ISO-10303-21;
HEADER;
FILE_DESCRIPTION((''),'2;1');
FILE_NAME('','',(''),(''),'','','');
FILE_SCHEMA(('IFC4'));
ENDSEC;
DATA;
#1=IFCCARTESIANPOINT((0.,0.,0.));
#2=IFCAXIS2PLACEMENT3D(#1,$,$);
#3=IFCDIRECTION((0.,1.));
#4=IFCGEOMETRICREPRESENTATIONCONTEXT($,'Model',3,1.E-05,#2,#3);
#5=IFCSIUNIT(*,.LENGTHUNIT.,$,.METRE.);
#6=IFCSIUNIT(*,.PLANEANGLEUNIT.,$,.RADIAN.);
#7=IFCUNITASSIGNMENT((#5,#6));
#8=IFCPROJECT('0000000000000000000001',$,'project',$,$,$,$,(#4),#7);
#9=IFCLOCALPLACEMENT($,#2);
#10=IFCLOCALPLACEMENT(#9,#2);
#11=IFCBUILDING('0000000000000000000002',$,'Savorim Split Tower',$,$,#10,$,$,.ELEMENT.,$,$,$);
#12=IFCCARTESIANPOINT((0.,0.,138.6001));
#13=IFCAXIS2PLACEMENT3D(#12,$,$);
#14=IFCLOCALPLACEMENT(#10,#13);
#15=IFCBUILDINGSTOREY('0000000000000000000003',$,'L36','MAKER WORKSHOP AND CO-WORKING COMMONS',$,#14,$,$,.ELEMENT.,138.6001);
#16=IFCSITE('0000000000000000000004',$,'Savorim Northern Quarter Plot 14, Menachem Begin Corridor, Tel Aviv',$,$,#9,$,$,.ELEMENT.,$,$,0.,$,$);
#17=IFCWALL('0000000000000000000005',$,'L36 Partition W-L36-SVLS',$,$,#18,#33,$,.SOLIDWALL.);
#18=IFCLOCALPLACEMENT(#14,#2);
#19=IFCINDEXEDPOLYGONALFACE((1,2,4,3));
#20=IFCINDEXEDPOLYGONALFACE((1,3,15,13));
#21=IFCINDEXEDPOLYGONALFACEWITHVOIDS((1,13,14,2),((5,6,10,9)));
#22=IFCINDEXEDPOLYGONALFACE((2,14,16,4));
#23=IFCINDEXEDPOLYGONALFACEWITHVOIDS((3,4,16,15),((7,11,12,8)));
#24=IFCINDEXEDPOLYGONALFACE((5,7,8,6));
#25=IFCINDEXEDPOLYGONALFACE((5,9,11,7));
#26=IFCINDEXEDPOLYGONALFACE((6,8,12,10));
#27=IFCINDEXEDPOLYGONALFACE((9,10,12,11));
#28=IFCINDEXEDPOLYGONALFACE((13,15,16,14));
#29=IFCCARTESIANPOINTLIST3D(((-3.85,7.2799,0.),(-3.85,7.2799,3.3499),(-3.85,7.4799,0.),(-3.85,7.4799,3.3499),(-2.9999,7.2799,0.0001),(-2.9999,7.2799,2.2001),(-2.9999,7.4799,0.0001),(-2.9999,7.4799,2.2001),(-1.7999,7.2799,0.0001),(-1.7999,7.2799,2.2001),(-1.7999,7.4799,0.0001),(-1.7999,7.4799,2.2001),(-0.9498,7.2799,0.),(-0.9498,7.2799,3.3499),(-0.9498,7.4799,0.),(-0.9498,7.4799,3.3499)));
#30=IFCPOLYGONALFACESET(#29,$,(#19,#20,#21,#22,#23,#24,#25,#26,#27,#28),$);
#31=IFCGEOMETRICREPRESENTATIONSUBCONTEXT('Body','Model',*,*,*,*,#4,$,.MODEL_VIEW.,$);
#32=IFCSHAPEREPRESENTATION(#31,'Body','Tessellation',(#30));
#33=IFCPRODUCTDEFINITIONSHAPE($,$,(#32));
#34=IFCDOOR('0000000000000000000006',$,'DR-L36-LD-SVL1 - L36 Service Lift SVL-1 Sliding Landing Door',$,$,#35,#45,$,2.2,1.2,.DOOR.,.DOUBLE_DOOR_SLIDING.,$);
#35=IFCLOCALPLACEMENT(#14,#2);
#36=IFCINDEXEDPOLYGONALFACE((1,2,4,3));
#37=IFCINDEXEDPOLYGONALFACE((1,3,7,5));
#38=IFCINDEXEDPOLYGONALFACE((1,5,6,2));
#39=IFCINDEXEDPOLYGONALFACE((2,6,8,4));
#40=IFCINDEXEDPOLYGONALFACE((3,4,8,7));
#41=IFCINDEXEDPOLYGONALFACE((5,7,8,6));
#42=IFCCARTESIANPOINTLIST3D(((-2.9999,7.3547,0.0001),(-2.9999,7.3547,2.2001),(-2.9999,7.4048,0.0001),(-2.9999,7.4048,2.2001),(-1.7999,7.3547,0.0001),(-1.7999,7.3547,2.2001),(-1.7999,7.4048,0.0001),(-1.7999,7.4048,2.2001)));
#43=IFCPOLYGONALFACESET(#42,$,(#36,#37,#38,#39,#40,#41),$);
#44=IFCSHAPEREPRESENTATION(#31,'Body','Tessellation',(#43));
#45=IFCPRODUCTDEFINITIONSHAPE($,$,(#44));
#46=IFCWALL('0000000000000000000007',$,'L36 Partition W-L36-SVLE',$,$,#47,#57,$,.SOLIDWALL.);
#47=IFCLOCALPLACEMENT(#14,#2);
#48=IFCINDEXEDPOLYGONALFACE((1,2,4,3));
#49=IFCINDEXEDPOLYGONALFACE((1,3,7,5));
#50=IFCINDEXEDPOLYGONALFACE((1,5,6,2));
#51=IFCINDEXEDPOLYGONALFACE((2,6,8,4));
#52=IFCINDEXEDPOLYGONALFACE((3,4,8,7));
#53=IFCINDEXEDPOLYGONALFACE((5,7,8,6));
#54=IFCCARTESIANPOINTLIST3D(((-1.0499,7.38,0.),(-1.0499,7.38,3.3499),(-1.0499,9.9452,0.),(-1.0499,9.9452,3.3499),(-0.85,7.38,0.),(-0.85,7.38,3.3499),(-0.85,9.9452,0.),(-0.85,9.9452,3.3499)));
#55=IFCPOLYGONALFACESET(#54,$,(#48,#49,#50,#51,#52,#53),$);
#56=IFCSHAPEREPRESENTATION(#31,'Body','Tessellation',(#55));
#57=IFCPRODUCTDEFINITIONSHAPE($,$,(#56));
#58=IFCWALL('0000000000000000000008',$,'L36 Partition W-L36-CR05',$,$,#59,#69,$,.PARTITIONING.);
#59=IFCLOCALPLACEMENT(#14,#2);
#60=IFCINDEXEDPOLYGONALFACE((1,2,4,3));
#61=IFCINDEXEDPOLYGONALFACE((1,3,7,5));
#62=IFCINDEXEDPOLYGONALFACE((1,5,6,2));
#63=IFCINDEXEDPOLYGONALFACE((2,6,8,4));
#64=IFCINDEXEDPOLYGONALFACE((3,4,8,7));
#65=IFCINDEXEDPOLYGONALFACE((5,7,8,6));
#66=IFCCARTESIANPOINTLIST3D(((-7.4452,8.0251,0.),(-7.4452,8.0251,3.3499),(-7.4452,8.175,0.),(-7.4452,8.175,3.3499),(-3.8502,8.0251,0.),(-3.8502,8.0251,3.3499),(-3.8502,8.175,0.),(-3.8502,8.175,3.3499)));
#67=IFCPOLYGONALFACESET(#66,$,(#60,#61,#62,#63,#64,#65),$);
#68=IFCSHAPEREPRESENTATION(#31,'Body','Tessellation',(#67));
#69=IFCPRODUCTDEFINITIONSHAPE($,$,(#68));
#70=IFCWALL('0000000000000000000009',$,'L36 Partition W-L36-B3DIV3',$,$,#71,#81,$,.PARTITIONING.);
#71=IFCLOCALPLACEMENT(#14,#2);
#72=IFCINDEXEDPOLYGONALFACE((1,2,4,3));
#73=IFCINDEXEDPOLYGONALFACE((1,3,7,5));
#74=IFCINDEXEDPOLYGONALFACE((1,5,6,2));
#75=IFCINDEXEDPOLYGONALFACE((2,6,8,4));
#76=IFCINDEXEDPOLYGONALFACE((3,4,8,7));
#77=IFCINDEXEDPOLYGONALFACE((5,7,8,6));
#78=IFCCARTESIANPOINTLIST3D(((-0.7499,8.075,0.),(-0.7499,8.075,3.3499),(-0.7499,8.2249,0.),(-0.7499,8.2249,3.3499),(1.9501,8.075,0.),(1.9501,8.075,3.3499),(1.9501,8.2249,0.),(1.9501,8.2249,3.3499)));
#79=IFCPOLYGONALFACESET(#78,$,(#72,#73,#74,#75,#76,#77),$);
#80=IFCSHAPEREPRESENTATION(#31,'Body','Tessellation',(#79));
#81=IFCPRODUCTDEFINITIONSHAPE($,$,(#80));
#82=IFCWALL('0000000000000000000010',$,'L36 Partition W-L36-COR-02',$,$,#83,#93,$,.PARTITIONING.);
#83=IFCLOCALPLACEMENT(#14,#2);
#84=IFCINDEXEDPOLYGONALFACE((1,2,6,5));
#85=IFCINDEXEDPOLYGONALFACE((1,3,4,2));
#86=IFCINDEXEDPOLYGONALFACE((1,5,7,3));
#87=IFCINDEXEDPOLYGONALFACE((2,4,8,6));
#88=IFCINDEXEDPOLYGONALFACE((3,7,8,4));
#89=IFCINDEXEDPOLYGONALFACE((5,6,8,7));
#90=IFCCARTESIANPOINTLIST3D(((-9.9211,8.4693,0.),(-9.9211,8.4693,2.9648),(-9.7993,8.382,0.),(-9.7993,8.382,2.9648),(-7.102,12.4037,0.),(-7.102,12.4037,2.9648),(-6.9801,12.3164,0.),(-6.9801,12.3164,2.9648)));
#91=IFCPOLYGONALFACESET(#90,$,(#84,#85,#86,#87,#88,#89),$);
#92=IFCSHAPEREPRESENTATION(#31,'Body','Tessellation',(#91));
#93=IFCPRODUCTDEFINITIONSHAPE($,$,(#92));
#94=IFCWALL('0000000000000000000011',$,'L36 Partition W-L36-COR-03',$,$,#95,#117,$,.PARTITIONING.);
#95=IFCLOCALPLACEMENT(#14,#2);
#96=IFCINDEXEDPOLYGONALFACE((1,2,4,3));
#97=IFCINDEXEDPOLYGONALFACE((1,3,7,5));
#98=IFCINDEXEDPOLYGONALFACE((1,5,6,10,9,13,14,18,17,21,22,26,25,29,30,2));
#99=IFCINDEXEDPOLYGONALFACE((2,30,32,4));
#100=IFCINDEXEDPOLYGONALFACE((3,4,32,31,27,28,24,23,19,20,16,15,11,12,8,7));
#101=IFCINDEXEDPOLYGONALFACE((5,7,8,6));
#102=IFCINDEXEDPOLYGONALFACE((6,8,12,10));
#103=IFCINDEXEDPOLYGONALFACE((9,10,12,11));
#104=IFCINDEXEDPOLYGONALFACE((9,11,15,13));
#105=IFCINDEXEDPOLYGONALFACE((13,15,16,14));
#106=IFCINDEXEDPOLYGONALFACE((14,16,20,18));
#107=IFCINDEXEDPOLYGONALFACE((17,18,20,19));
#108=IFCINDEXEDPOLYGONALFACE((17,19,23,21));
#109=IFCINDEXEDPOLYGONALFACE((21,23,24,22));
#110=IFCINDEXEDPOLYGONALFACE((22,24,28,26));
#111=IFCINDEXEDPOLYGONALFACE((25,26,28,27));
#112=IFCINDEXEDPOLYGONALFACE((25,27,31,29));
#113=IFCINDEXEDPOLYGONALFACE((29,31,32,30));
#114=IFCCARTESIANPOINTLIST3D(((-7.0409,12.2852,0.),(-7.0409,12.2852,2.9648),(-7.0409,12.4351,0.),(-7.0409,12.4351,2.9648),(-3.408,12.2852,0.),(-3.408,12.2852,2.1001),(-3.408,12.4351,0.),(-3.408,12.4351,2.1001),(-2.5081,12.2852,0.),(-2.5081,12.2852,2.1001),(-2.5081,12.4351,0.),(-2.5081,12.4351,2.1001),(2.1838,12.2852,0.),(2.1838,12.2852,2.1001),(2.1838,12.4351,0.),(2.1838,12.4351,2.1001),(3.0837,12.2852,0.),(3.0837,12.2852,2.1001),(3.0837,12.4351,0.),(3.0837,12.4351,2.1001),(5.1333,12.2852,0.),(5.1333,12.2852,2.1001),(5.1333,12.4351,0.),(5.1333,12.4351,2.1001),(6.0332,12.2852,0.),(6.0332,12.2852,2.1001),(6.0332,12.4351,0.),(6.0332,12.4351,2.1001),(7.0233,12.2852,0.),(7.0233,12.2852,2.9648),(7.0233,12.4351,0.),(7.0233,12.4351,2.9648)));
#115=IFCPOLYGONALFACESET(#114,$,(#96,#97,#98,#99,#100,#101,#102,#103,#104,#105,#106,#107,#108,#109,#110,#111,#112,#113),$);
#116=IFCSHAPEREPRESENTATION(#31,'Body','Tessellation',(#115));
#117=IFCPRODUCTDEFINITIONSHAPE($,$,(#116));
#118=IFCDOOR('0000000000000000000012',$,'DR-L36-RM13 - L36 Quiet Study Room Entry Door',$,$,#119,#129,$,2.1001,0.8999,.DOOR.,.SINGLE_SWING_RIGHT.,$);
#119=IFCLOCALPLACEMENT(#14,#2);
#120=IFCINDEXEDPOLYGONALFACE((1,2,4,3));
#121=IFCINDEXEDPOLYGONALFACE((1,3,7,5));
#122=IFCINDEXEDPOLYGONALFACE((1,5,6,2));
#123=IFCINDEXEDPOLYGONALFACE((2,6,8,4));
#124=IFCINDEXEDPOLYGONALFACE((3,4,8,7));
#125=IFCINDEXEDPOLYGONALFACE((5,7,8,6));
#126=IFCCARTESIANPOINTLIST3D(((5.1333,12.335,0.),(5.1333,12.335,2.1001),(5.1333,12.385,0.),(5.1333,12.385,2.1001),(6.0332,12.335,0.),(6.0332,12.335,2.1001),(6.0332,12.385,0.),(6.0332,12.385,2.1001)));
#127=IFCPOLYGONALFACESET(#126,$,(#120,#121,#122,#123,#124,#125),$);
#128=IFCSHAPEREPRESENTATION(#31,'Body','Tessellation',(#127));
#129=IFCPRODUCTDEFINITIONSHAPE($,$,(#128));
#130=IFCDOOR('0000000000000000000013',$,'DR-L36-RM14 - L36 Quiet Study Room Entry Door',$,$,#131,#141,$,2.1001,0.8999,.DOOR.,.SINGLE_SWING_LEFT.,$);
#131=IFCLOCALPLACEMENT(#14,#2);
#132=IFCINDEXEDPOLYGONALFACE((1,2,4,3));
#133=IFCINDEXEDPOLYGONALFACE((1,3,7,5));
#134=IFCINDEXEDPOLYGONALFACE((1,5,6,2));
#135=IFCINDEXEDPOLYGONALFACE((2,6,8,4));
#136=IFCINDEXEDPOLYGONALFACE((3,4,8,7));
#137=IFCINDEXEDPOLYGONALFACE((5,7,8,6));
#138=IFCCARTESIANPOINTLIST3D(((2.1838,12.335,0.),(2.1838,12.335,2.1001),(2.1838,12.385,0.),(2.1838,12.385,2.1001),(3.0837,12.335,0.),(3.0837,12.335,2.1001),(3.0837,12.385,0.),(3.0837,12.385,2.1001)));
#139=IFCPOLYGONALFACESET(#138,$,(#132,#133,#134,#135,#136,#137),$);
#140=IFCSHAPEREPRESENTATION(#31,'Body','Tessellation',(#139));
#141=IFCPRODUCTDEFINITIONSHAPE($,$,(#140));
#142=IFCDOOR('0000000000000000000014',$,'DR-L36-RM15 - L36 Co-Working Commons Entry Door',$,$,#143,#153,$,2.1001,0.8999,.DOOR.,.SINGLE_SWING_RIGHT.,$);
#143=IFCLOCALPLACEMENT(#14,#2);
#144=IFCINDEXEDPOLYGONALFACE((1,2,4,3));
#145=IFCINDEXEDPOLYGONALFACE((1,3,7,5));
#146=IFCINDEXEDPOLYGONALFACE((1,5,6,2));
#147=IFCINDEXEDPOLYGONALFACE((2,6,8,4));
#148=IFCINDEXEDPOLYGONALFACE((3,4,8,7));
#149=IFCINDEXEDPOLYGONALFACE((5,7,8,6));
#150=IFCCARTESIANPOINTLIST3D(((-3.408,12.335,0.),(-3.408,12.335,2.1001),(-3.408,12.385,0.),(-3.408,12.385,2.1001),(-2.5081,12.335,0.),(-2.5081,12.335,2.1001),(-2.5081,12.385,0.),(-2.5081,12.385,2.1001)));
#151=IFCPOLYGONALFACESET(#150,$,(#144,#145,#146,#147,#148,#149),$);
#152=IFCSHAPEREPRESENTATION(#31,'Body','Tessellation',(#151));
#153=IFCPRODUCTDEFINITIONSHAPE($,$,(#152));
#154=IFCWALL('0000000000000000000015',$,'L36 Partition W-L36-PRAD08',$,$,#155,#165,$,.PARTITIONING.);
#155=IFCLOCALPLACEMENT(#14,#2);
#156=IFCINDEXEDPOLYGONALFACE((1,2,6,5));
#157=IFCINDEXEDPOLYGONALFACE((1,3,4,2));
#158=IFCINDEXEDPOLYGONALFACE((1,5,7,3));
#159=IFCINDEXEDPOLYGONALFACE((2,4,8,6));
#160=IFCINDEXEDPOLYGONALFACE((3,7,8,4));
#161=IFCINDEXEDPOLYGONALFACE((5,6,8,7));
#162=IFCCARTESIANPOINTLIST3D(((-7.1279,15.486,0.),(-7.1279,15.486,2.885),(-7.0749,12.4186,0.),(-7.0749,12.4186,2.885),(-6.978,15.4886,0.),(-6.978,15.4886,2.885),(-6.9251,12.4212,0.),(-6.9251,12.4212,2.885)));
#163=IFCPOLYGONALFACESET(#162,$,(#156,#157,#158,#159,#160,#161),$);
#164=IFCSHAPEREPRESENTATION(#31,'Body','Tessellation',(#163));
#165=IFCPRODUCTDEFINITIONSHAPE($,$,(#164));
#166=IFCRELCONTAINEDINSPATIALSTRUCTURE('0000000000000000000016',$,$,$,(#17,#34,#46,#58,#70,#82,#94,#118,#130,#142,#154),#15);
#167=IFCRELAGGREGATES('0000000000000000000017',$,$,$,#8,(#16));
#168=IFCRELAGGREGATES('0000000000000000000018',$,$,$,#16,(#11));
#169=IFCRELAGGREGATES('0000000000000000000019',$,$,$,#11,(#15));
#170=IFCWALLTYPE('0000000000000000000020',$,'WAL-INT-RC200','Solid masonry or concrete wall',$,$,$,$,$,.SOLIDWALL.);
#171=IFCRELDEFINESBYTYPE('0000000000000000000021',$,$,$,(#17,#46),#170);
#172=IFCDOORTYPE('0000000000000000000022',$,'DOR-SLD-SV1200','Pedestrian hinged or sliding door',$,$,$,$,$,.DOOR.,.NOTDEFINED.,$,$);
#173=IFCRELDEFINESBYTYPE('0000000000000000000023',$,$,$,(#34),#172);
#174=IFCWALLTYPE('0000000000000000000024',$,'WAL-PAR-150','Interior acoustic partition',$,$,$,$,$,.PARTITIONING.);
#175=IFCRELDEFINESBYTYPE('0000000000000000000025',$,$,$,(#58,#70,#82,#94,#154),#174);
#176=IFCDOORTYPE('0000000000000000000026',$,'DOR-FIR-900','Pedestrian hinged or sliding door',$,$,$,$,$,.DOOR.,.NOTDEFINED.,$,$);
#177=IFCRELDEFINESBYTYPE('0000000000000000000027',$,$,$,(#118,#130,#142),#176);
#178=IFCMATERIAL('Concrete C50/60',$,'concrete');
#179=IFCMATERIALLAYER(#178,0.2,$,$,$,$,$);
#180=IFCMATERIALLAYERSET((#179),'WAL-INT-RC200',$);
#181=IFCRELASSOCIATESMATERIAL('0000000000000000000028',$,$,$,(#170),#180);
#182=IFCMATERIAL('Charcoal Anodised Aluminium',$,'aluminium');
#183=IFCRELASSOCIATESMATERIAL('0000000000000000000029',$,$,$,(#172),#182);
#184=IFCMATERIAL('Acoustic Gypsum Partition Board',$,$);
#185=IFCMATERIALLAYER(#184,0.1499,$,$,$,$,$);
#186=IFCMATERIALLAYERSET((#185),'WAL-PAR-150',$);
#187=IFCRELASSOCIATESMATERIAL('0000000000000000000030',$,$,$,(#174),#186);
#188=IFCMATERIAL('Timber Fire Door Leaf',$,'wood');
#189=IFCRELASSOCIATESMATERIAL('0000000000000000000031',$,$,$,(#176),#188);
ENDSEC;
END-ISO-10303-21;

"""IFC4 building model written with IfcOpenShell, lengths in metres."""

from ifc_helpers import new_model, si_unit, direction, frame, frame_2d, origin, place, context, subcontext, project, spatial, rectangle, extrude, material, layer, layer_set, type_object, element, fill, save


model = new_model("IFC4")

# Units and contexts
model_context = context("Model", 3, precision=1e-05, world=origin(), true_north=direction((0.0, 1.0)))
body_context = subcontext(model_context, "Body", "Model", "MODEL_VIEW")
ifc_project = project(units=[si_unit("LENGTHUNIT", "METRE"), si_unit("PLANEANGLEUNIT", "RADIAN")], contexts=[model_context])

# Site, building, storey
site_placement = place(None, origin())
site = spatial("IfcSite", under=ifc_project, at=site_placement, Name="Savorim Northern Quarter Plot 14, Menachem Begin Corridor, Tel Aviv", CompositionType="ELEMENT", RefElevation=0.0)
building_placement = place(site_placement, origin())
building = spatial("IfcBuilding", under=site, at=building_placement, Name="Savorim Split Tower", CompositionType="ELEMENT")
storey_placement = place(building_placement, frame((0.0, 0.0, 138.6001)))
storey = spatial("IfcBuildingStorey", under=building, at=storey_placement, Name="L36", Description="MAKER WORKSHOP AND CO-WORKING COMMONS", CompositionType="ELEMENT", Elevation=138.6001)

# Shared definitions
ifc_material_1 = material(Name="Charcoal Anodised Aluminium", Category="aluminium")

# Wall, opening, door
ifc_material_2 = material(Name="Concrete C50/60", Category="concrete")
ifc_layer_1 = layer(ifc_material_2, 0.2)
ifc_layer_set_1 = layer_set([ifc_layer_1], Name="WAL-INT-RC200")
wall_type_1 = type_object("IfcWallType", Name="WAL-INT-RC200", Description="Solid masonry or concrete wall", PredefinedType="SOLIDWALL", material=ifc_layer_set_1)
wall_1_placement = place(storey_placement, frame((-3.8501, 7.3799, 0.0), z_axis=(0.0, 0.0, 1.0), x_axis=(1.0, 0.0, 0.0)))
wall_1 = element("IfcWall", 1, at=wall_1_placement, inside=storey, type_object=wall_type_1, Name="L36 Partition W-L36-SVLS", PredefinedType="SOLIDWALL", context=body_context, shape_type="SweptSolid", body=[
    extrude(rectangle(XDim=2.9001, YDim=0.2, at=frame_2d((1.4502, 0.0))), origin(), (0.0, 0.0, 1.0), 3.3499),
])
opening_1_placement = place(wall_1_placement, frame((0.8501, 0.0, 0.0)))
opening_1 = element("IfcOpeningElement", 2, at=opening_1_placement, cuts=wall_1, PredefinedType="OPENING", context=body_context, shape_type="SweptSolid", body=[
    extrude(rectangle(XDim=1.2, YDim=2.2, at=frame_2d((0.6001, 1.1001))), frame((0.0, 0.1099, 0.0), z_axis=(0.0, -1.0, 0.0), x_axis=(1.0, 0.0, 0.0)), (0.0, 0.0, 1.0), 0.22),
])
door_type_1 = type_object("IfcDoorType", Name="DOR-SLD-SV1200", Description="Pedestrian hinged or sliding door", OperationType="NOTDEFINED", PredefinedType="DOOR", material=ifc_material_1)
door_1_placement = place(opening_1_placement, origin())
door_1 = element("IfcDoor", 3, at=door_1_placement, inside=storey, type_object=door_type_1, Name="DR-L36-LD-SVL1 - L36 Service Lift SVL-1 Sliding Landing Door", OperationType="DOUBLE_DOOR_SLIDING", OverallHeight=2.2, OverallWidth=1.2, PredefinedType="DOOR", context=body_context, shape_type="SweptSolid", body=[
    extrude(rectangle(XDim=1.2, YDim=2.2, at=frame_2d((0.6001, 1.1001))), frame((0.0, 0.0249, 0.0), z_axis=(0.0, -1.0, 0.0), x_axis=(1.0, 0.0, 0.0)), (0.0, 0.0, 1.0), 0.05),
])
fill(opening_1, door_1)

# Walls
wall_2_placement = place(storey_placement, frame((-0.95, 7.3799, 0.0), z_axis=(0.0, 0.0, 1.0), x_axis=(0.0, 1.0, 0.0)))
element("IfcWall", 4, at=wall_2_placement, inside=storey, type_object=wall_type_1, Name="L36 Partition W-L36-SVLE", PredefinedType="SOLIDWALL", context=body_context, shape_type="SweptSolid", body=[
    extrude(rectangle(XDim=2.5652, YDim=0.2, at=frame_2d((1.2827, 0.0))), origin(), (0.0, 0.0, 1.0), 3.3499),
])
ifc_material_3 = material(Name="Acoustic Gypsum Partition Board")
ifc_layer_2 = layer(ifc_material_3, 0.1499)
ifc_layer_set_2 = layer_set([ifc_layer_2], Name="WAL-PAR-150")
wall_type_2 = type_object("IfcWallType", Name="WAL-PAR-150", Description="Interior acoustic partition", PredefinedType="PARTITIONING", material=ifc_layer_set_2)
wall_3_placement = place(storey_placement, frame((-7.4451, 8.1001, 0.0), z_axis=(0.0, 0.0, 1.0), x_axis=(1.0, 0.0, 0.0)))
element("IfcWall", 5, at=wall_3_placement, inside=storey, type_object=wall_type_2, Name="L36 Partition W-L36-CR05", PredefinedType="PARTITIONING", context=body_context, shape_type="SweptSolid", body=[
    extrude(rectangle(XDim=3.595, YDim=0.1499, at=frame_2d((1.7974, 0.0))), origin(), (0.0, 0.0, 1.0), 3.3499),
])
wall_4_placement = place(storey_placement, frame((-0.75, 8.1499, 0.0), z_axis=(0.0, 0.0, 1.0), x_axis=(1.0, 0.0, 0.0)))
element("IfcWall", 6, at=wall_4_placement, inside=storey, type_object=wall_type_2, Name="L36 Partition W-L36-B3DIV3", PredefinedType="PARTITIONING", context=body_context, shape_type="SweptSolid", body=[
    extrude(rectangle(XDim=2.7, YDim=0.1499, at=frame_2d((1.3501, 0.0))), origin(), (0.0, 0.0, 1.0), 3.3499),
])
wall_5_placement = place(storey_placement, frame((-9.8601, 8.4258, 0.0), z_axis=(0.0, 0.0, 1.0), x_axis=(0.58245, 0.812867, 0.0)))
element("IfcWall", 7, at=wall_5_placement, inside=storey, type_object=wall_type_2, Name="L36 Partition W-L36-COR-02", PredefinedType="PARTITIONING", context=body_context, shape_type="SweptSolid", body=[
    extrude(rectangle(XDim=4.8401, YDim=0.1499, at=frame_2d((2.4199, 0.0))), origin(), (0.0, 0.0, 1.0), 2.9648),
])

# Wall, openings, doors
wall_6_placement = place(storey_placement, frame((-7.041, 12.3601, 0.0), z_axis=(0.0, 0.0, 1.0), x_axis=(1.0, 0.0, 0.0)))
wall_6 = element("IfcWall", 8, at=wall_6_placement, inside=storey, type_object=wall_type_2, Name="L36 Partition W-L36-COR-03", PredefinedType="PARTITIONING", context=body_context, shape_type="SweptSolid", body=[
    extrude(rectangle(XDim=14.0642, YDim=0.1499, at=frame_2d((7.0322, 0.0))), origin(), (0.0, 0.0, 1.0), 2.9648),
])
opening_2_placement = place(wall_6_placement, frame((12.1743, 0.0, 0.0)))
opening_2 = element("IfcOpeningElement", 9, at=opening_2_placement, cuts=wall_6, PredefinedType="OPENING", context=body_context, shape_type="SweptSolid", body=[
    extrude(rectangle(XDim=0.8999, YDim=2.1001, at=frame_2d((0.45, 1.05))), frame((0.0, 0.085, 0.0), z_axis=(0.0, -1.0, 0.0), x_axis=(1.0, 0.0, 0.0)), (0.0, 0.0, 1.0), 0.1699),
])
opening_3_placement = place(wall_6_placement, frame((9.2249, 0.0, 0.0)))
opening_3 = element("IfcOpeningElement", 10, at=opening_3_placement, cuts=wall_6, PredefinedType="OPENING", context=body_context, shape_type="SweptSolid", body=[
    extrude(rectangle(XDim=0.8999, YDim=2.1001, at=frame_2d((0.45, 1.05))), frame((0.0, 0.085, 0.0), z_axis=(0.0, -1.0, 0.0), x_axis=(1.0, 0.0, 0.0)), (0.0, 0.0, 1.0), 0.1699),
])
opening_4_placement = place(wall_6_placement, frame((3.6331, 0.0, 0.0)))
opening_4 = element("IfcOpeningElement", 11, at=opening_4_placement, cuts=wall_6, PredefinedType="OPENING", context=body_context, shape_type="SweptSolid", body=[
    extrude(rectangle(XDim=0.8999, YDim=2.1001, at=frame_2d((0.45, 1.05))), frame((0.0, 0.085, 0.0), z_axis=(0.0, -1.0, 0.0), x_axis=(1.0, 0.0, 0.0)), (0.0, 0.0, 1.0), 0.1699),
])
ifc_material_4 = material(Name="Timber Fire Door Leaf", Category="wood")
door_type_2 = type_object("IfcDoorType", Name="DOR-FIR-900", Description="Pedestrian hinged or sliding door", OperationType="NOTDEFINED", PredefinedType="DOOR", material=ifc_material_4)
door_2_placement = place(opening_2_placement, origin())
door_2 = element("IfcDoor", 12, at=door_2_placement, inside=storey, type_object=door_type_2, Name="DR-L36-RM13 - L36 Quiet Study Room Entry Door", OperationType="SINGLE_SWING_RIGHT", OverallHeight=2.1001, OverallWidth=0.8999, PredefinedType="DOOR", context=body_context, shape_type="SweptSolid", body=[
    extrude(rectangle(XDim=0.8999, YDim=2.1001, at=frame_2d((0.45, 1.05))), frame((0.0, 0.0249, 0.0), z_axis=(0.0, -1.0, 0.0), x_axis=(1.0, 0.0, 0.0)), (0.0, 0.0, 1.0), 0.05),
])
fill(opening_2, door_2)
door_3_placement = place(opening_3_placement, origin())
door_3 = element("IfcDoor", 13, at=door_3_placement, inside=storey, type_object=door_type_2, Name="DR-L36-RM14 - L36 Quiet Study Room Entry Door", OperationType="SINGLE_SWING_LEFT", OverallHeight=2.1001, OverallWidth=0.8999, PredefinedType="DOOR", context=body_context, shape_type="SweptSolid", body=[
    extrude(rectangle(XDim=0.8999, YDim=2.1001, at=frame_2d((0.45, 1.05))), frame((0.0, 0.0249, 0.0), z_axis=(0.0, -1.0, 0.0), x_axis=(1.0, 0.0, 0.0)), (0.0, 0.0, 1.0), 0.05),
])
fill(opening_3, door_3)
door_4_placement = place(opening_4_placement, origin())
door_4 = element("IfcDoor", 14, at=door_4_placement, inside=storey, type_object=door_type_2, Name="DR-L36-RM15 - L36 Co-Working Commons Entry Door", OperationType="SINGLE_SWING_RIGHT", OverallHeight=2.1001, OverallWidth=0.8999, PredefinedType="DOOR", context=body_context, shape_type="SweptSolid", body=[
    extrude(rectangle(XDim=0.8999, YDim=2.1001, at=frame_2d((0.45, 1.05))), frame((0.0, 0.0249, 0.0), z_axis=(0.0, -1.0, 0.0), x_axis=(1.0, 0.0, 0.0)), (0.0, 0.0, 1.0), 0.05),
])
fill(opening_4, door_4)

# Wall
wall_7_placement = place(storey_placement, frame((-7.0, 12.4199, 0.0), z_axis=(0.0, 0.0, 1.0), x_axis=(-0.017269, 0.999851, 0.0)))
element("IfcWall", 15, at=wall_7_placement, inside=storey, type_object=wall_type_2, Name="L36 Partition W-L36-PRAD08", PredefinedType="PARTITIONING", context=body_context, shape_type="SweptSolid", body=[
    extrude(rectangle(XDim=3.0679, YDim=0.1499, at=frame_2d((1.5339, 0.0))), origin(), (0.0, 0.0, 1.0), 2.885),
])

save(model, "model.ifc")
